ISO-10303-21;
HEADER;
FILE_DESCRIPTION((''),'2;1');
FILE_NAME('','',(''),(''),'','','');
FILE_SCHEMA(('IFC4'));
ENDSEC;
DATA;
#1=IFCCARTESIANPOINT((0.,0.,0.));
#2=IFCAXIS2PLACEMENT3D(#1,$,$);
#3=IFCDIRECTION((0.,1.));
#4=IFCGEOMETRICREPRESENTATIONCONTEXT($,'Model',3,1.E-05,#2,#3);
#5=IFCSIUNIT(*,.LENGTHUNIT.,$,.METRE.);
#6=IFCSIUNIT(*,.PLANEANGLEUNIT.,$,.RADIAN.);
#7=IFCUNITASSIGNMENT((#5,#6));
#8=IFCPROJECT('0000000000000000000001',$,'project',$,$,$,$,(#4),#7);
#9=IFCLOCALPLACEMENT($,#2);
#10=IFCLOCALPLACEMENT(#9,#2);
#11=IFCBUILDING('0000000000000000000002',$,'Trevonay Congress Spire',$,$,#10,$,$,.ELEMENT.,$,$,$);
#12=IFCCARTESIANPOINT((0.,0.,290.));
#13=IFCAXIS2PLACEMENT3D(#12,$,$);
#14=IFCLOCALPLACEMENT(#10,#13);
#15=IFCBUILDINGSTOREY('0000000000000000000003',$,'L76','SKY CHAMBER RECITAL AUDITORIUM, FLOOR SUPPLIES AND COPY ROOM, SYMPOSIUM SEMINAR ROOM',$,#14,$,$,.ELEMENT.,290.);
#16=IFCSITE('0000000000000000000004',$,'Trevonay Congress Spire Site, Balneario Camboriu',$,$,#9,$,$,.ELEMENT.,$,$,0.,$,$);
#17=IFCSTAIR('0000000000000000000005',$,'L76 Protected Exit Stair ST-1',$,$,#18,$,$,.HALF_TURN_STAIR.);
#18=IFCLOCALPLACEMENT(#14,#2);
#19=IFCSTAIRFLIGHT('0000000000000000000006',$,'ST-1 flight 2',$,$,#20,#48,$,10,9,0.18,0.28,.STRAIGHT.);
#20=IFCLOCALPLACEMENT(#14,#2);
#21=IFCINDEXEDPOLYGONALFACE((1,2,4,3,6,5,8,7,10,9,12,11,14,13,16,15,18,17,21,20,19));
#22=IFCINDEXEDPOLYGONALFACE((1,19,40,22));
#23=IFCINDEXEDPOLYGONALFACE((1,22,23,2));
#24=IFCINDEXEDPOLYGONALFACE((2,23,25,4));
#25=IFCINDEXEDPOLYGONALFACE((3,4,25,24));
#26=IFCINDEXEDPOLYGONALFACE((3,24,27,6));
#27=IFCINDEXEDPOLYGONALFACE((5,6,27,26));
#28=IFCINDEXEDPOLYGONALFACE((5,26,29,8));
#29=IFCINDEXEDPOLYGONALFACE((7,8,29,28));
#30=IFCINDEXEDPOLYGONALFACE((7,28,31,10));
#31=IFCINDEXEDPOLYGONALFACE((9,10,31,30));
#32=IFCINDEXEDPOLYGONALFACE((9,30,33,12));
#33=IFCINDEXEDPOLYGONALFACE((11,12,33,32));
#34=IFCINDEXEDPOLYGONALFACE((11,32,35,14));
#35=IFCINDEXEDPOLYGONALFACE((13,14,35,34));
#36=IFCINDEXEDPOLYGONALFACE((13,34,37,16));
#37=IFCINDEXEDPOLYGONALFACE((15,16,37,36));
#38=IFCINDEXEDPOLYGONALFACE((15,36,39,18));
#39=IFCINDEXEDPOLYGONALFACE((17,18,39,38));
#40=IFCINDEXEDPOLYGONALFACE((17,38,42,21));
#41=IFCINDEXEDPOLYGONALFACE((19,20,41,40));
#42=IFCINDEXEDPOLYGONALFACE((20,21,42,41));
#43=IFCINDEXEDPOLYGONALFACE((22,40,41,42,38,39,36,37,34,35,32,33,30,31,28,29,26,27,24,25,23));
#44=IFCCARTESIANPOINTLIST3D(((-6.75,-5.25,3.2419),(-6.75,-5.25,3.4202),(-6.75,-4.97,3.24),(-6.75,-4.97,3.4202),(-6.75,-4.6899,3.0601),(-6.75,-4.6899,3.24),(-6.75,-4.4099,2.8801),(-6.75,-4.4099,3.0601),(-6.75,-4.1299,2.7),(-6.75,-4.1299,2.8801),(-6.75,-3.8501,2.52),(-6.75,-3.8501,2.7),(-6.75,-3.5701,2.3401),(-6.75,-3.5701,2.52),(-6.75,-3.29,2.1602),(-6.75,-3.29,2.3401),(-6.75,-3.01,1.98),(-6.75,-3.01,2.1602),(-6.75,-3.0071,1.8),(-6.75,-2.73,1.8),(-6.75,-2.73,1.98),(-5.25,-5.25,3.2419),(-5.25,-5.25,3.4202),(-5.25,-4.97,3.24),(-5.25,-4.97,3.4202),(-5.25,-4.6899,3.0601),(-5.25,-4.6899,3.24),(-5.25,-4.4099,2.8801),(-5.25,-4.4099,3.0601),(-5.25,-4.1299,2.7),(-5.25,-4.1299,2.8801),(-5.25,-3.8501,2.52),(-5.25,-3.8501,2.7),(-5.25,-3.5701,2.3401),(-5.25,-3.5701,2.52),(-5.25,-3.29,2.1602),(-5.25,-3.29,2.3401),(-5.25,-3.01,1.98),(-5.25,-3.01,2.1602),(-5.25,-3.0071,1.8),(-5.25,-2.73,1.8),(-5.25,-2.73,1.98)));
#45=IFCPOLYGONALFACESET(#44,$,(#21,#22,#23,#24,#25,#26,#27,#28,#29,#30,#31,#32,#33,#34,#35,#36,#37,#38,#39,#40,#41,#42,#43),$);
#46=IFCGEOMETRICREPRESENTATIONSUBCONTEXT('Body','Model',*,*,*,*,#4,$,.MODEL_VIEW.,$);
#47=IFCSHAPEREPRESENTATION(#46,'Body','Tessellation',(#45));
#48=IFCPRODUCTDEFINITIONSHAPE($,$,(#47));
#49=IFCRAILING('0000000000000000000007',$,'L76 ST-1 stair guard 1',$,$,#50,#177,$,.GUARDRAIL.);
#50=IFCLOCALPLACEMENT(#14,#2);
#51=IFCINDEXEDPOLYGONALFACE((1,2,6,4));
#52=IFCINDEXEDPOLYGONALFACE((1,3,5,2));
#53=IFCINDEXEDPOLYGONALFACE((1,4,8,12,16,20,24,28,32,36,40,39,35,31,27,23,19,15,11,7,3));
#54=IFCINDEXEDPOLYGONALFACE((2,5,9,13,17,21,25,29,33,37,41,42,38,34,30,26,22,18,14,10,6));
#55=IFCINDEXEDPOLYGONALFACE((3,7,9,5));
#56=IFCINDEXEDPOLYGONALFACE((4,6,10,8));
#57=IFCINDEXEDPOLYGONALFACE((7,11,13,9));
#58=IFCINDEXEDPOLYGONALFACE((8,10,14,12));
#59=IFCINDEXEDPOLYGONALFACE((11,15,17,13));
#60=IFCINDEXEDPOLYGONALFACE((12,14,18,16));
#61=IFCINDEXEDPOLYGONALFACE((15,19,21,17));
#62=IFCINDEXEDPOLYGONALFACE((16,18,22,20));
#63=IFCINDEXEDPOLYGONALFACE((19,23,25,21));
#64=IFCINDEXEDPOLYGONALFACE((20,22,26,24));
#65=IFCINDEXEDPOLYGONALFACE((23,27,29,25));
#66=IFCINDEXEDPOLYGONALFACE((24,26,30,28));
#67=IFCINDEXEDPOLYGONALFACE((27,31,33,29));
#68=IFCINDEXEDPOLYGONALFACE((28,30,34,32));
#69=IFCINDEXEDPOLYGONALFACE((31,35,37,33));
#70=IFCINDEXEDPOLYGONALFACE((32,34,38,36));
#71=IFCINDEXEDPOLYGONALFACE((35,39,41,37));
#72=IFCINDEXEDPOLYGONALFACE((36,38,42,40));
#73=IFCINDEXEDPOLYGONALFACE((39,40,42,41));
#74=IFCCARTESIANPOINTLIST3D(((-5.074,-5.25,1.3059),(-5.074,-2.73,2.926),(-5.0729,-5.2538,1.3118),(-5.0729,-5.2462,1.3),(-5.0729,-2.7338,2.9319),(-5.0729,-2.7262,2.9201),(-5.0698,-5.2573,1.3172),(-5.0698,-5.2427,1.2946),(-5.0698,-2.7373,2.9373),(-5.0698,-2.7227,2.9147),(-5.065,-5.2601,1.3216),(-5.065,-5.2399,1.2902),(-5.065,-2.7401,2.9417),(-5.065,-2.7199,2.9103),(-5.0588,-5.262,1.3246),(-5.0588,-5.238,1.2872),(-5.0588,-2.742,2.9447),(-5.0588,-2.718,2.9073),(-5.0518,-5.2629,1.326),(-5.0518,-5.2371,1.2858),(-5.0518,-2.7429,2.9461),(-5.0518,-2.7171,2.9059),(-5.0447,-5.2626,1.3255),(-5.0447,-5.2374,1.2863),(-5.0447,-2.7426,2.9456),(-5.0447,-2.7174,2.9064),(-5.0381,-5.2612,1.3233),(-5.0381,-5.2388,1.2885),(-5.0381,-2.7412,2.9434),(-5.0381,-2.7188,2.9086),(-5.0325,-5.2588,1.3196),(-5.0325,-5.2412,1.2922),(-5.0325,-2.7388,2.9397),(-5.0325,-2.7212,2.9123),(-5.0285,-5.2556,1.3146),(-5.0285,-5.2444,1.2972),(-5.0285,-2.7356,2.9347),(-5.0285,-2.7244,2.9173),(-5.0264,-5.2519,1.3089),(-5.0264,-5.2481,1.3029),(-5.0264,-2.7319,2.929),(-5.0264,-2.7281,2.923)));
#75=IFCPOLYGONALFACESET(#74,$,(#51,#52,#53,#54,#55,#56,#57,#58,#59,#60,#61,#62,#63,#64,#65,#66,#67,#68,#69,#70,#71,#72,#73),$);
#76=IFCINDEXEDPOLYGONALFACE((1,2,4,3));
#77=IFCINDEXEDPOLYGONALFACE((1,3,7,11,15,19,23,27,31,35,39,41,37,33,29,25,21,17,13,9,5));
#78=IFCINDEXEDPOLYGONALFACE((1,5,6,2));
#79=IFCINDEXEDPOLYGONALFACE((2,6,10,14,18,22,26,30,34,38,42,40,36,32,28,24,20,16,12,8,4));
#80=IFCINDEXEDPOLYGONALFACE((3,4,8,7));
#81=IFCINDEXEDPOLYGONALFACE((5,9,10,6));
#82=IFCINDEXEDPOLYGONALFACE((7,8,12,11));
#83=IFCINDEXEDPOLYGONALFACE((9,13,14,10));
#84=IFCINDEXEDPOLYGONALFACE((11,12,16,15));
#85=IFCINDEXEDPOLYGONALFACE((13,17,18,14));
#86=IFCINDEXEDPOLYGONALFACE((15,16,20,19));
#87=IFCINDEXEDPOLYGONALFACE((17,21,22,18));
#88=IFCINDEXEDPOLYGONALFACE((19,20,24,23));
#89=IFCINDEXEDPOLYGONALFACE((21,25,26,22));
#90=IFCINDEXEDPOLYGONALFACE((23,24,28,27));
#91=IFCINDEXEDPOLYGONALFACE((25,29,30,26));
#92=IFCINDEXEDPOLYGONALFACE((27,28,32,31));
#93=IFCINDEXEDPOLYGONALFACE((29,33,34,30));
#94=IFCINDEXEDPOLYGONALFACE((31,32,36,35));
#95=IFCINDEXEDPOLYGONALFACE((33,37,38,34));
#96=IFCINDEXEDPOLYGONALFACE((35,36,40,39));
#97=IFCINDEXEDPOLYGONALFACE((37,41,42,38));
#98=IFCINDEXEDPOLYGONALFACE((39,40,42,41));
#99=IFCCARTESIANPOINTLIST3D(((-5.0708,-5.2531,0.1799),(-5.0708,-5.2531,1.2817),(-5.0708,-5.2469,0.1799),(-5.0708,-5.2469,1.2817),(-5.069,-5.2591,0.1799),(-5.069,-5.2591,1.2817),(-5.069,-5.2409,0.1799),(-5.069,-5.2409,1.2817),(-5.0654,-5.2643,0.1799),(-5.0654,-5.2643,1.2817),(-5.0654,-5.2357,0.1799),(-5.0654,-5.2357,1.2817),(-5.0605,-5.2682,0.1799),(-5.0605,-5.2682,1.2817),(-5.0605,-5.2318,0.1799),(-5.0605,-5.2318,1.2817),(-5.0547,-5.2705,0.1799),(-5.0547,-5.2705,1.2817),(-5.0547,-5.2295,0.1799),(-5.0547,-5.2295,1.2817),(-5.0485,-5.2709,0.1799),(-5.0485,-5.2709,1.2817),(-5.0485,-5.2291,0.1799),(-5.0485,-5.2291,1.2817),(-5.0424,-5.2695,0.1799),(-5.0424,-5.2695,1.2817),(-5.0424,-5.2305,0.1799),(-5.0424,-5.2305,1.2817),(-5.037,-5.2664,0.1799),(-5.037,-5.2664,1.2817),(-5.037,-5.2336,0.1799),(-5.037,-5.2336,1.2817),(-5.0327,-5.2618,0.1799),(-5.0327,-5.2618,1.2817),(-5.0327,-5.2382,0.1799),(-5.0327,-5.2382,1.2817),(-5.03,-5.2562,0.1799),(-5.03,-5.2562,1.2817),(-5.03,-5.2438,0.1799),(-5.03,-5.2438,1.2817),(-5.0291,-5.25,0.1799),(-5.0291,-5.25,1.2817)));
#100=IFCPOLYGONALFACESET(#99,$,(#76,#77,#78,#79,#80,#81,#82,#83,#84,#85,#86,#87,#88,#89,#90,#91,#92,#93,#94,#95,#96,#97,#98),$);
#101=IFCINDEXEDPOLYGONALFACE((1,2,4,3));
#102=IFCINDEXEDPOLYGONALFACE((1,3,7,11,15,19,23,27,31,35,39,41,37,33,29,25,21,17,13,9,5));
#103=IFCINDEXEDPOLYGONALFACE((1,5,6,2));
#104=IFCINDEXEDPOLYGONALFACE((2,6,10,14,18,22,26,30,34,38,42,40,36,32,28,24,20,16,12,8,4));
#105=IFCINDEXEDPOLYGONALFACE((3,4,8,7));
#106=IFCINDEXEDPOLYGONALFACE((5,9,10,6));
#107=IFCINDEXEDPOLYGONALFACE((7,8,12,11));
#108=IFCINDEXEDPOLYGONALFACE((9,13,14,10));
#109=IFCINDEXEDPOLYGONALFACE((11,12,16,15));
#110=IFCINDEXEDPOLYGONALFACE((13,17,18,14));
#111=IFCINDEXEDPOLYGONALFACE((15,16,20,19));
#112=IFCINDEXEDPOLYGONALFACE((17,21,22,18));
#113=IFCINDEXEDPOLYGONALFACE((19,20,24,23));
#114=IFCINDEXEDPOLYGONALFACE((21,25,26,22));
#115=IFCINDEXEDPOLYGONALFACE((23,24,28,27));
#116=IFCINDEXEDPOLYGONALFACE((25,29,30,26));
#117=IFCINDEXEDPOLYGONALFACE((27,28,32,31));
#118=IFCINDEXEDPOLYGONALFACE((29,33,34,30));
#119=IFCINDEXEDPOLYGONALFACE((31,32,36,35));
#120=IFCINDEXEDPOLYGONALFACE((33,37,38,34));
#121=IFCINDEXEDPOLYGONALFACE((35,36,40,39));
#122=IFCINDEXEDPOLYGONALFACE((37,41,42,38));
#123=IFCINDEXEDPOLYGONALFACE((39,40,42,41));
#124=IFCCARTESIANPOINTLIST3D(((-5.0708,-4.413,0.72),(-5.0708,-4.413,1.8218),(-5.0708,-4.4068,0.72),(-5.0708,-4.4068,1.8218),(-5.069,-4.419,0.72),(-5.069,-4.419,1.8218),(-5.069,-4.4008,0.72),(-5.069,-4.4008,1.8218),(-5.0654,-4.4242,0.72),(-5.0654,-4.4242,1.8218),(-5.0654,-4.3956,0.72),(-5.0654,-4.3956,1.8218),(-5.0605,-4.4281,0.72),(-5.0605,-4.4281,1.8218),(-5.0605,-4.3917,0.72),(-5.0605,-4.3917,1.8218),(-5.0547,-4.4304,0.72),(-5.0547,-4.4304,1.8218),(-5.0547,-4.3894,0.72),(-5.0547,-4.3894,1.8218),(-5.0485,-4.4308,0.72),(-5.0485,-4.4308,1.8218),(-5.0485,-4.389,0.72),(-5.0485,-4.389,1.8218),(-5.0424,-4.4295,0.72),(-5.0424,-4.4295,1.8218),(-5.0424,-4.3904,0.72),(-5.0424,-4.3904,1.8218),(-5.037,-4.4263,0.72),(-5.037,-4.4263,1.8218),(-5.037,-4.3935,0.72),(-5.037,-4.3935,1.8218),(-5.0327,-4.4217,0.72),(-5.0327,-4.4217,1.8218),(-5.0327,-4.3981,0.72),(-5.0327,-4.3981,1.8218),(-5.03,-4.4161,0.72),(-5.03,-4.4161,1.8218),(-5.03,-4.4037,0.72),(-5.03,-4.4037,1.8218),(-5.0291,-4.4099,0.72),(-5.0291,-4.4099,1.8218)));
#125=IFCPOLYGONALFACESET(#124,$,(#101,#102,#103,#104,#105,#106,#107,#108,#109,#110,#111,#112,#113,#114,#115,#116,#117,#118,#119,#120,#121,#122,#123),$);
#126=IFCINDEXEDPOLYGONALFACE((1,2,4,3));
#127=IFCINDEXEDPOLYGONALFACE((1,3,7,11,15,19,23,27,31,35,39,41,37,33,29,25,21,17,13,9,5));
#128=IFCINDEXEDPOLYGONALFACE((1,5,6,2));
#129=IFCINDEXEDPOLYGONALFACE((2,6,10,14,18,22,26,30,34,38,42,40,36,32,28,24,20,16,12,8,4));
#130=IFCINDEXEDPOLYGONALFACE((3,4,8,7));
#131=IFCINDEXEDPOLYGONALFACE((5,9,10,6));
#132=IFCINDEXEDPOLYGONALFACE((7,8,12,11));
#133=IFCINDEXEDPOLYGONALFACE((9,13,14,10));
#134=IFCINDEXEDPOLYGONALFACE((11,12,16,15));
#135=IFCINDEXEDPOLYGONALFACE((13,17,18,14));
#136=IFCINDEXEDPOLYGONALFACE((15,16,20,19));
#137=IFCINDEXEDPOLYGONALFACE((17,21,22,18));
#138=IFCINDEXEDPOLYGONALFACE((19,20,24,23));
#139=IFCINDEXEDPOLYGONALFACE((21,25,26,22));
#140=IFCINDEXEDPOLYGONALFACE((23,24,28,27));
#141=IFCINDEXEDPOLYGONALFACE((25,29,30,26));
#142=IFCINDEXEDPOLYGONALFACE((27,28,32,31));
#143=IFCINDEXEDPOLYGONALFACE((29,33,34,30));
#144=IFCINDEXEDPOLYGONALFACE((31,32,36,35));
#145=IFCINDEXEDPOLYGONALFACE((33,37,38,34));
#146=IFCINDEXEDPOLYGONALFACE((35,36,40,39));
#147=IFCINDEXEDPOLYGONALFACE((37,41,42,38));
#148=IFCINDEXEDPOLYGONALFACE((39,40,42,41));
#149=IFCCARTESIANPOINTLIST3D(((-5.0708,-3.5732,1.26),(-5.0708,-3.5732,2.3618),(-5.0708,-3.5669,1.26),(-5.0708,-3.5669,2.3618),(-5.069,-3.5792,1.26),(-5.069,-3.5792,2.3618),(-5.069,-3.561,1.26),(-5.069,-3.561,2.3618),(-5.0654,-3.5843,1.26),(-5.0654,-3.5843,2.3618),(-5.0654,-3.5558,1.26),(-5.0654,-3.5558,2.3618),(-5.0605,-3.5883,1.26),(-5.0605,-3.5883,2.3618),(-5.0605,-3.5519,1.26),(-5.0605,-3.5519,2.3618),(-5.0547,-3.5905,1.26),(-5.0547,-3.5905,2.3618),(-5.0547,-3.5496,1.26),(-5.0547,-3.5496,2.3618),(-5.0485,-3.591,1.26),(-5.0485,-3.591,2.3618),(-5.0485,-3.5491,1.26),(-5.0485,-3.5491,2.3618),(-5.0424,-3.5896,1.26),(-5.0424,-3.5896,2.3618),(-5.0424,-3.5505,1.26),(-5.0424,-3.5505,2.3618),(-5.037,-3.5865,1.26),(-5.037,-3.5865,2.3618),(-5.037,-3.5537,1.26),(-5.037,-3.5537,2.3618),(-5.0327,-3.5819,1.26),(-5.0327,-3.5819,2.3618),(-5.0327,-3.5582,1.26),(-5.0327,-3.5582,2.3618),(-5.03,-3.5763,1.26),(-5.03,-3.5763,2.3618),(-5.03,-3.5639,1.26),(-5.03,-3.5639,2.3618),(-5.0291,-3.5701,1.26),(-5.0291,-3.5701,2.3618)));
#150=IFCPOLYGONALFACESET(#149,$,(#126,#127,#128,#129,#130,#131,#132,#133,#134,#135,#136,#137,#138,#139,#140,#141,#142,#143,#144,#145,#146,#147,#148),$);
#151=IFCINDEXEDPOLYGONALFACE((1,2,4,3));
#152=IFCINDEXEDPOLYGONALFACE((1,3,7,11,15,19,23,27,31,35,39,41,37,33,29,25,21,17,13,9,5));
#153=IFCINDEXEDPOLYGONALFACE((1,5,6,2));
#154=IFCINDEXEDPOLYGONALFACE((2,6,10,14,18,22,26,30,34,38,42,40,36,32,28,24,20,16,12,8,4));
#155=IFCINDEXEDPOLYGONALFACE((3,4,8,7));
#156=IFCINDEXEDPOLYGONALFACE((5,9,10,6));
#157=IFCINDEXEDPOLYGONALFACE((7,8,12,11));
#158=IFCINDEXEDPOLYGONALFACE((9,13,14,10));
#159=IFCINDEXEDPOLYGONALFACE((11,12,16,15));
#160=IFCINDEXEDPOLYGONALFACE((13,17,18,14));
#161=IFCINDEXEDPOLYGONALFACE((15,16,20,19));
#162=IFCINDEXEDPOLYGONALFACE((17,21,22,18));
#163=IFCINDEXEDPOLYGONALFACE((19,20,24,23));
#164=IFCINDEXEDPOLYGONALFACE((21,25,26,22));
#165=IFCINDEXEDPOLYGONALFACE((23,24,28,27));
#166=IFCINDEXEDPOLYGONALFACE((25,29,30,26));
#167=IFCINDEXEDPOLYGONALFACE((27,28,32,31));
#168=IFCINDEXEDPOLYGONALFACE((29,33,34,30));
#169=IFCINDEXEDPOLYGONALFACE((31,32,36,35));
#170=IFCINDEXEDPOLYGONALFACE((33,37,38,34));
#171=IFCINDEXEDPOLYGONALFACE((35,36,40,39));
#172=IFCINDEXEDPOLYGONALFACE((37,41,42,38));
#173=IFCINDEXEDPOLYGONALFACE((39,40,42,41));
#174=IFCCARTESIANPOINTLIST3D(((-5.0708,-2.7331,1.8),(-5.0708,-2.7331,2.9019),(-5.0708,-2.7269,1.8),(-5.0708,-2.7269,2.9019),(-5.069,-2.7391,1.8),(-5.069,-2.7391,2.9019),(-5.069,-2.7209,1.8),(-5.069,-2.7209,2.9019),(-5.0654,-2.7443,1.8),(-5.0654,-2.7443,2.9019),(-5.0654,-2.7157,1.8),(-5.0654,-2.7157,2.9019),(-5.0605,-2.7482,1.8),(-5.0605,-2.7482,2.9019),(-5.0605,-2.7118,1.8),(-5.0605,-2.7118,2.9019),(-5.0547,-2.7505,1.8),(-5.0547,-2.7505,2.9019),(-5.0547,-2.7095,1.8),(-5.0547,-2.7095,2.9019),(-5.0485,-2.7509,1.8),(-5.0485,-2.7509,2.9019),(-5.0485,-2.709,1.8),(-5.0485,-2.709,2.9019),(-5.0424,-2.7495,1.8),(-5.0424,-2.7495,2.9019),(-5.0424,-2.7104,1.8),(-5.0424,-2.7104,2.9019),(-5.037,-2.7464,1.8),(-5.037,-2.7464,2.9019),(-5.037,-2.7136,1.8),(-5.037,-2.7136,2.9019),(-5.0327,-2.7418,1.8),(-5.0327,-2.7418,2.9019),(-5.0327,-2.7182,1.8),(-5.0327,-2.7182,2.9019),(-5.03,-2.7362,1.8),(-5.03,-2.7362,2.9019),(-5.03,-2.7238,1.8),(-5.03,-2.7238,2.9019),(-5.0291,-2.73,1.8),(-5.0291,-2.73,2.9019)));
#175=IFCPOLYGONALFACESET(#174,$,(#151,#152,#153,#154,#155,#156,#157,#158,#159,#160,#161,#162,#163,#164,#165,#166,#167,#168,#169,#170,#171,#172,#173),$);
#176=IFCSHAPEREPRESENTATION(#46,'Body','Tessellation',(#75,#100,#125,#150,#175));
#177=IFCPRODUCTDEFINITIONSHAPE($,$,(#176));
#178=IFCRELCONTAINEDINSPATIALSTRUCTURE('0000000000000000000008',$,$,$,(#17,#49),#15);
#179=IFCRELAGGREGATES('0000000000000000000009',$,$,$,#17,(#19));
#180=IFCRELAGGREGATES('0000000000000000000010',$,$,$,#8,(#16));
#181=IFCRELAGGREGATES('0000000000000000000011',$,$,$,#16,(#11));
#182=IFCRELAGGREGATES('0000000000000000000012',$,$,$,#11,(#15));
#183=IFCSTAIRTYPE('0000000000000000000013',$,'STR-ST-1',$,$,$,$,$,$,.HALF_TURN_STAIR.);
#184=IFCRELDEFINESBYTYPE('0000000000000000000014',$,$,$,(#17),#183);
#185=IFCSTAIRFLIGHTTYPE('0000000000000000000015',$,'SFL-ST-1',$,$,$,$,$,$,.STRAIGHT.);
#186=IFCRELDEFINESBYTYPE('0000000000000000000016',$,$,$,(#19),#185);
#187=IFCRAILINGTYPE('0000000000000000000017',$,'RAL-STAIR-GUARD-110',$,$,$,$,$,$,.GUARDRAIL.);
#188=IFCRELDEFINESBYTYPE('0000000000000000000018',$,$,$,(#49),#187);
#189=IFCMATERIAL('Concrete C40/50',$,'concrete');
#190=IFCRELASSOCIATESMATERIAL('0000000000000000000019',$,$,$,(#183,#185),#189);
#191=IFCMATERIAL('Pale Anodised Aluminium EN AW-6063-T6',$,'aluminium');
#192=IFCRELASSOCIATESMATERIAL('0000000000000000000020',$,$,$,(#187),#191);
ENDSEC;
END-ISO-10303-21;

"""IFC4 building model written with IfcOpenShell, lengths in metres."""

from ifc_helpers import new_model, si_unit, direction, frame, origin, origin_2d, place, context, subcontext, project, spatial, polyline, circle, outline, extrude, material, type_object, element, aggregate, save


model = new_model("IFC4")

# Units and contexts
model_context = context("Model", 3, precision=1e-05, world=origin(), true_north=direction((0.0, 1.0)))
body_context = subcontext(model_context, "Body", "Model", "MODEL_VIEW")
ifc_project = project(units=[si_unit("LENGTHUNIT", "METRE"), si_unit("PLANEANGLEUNIT", "RADIAN")], contexts=[model_context])

# Site, building, storey
site_placement = place(None, origin())
site = spatial("IfcSite", under=ifc_project, at=site_placement, Name="Trevonay Congress Spire Site, Balneario Camboriu", CompositionType="ELEMENT", RefElevation=0.0)
building_placement = place(site_placement, origin())
building = spatial("IfcBuilding", under=site, at=building_placement, Name="Trevonay Congress Spire", CompositionType="ELEMENT")
storey_placement = place(building_placement, frame((0.0, 0.0, 290.0)))
storey = spatial("IfcBuildingStorey", under=building, at=storey_placement, Name="L76", Description="SKY CHAMBER RECITAL AUDITORIUM, FLOOR SUPPLIES AND COPY ROOM, SYMPOSIUM SEMINAR ROOM", CompositionType="ELEMENT", Elevation=290.0)

# Shared definitions
ifc_material_1 = material(Name="Concrete C40/50", Category="concrete")

# Stair, stair flight
stair_type = type_object("IfcStairType", Name="STR-ST-1", PredefinedType="HALF_TURN_STAIR", material=ifc_material_1)
stair_placement = place(storey_placement, origin())
stair = element("IfcStair", 1, at=stair_placement, inside=storey, type_object=stair_type, Name="L76 Protected Exit Stair ST-1", PredefinedType="HALF_TURN_STAIR")
stair_flight_type = type_object("IfcStairFlightType", Name="SFL-ST-1", PredefinedType="STRAIGHT", material=ifc_material_1)
stair_flight_1_placement = place(storey_placement, frame((-6.0, -2.73, 1.8), z_axis=(0.0, 0.0, 1.0), x_axis=(0.0, -1.0, 0.0)))
stair_flight_1 = element("IfcStairFlight", 2, at=stair_flight_1_placement, type_object=stair_flight_type, Name="ST-1 flight 2", NumberOfRisers=10, NumberOfTreads=9, PredefinedType="STRAIGHT", RiserHeight=0.18, TreadLength=0.28, context=body_context, shape_type="SweptSolid", body=[
    extrude(outline(polyline([(0.0, 0.0), (0.0, 0.1799), (0.28, 0.1799), (0.28, 0.3601), (0.5601, 0.3601), (0.5601, 0.54), (0.8401, 0.54), (0.8401, 0.72), (1.1201, 0.72), (1.1201, 0.8999), (1.3999, 0.8999), (1.3999, 1.0801), (1.6799, 1.0801), (1.6799, 1.26), (1.96, 1.26), (1.96, 1.4399), (2.24, 1.4399), (2.24, 1.6201), (2.52, 1.6201), (2.52, 1.8), (2.52, 1.4419), (0.2771, 0.0), (0.0, 0.0)])), frame((0.0, 0.75, 0.0), z_axis=(0.0, -1.0, 0.0), x_axis=(1.0, 0.0, 0.0)), (0.0, 0.0, 1.0), 1.5),
])
aggregate(stair, [stair_flight_1])

# Railing
ifc_material_2 = material(Name="Pale Anodised Aluminium EN AW-6063-T6", Category="aluminium")
railing_type_1 = type_object("IfcRailingType", Name="RAL-STAIR-GUARD-110", PredefinedType="GUARDRAIL", material=ifc_material_2)
railing_1_placement = place(storey_placement, frame((-5.05, -5.25, 0.1799)))
element("IfcRailing", 3, at=railing_1_placement, inside=storey, type_object=railing_type_1, Name="L76 ST-1 stair guard 1", PredefinedType="GUARDRAIL", context=body_context, shape_type="SweptSolid", body=[
    extrude(circle(Radius=0.0239, at=origin_2d()), frame((0.0, 0.0, 1.126), z_axis=(0.0, 0.841163, 0.540782), x_axis=(-1.0, 0.0, 0.0)), (0.0, 0.0, 1.0), 2.9958),
    extrude(circle(Radius=0.021, at=origin_2d()), origin(), (0.0, 0.0, 1.0), 1.1018),
    extrude(circle(Radius=0.021, at=origin_2d()), frame((0.0, 0.8401, 0.54)), (0.0, 0.0, 1.0), 1.1018),
    extrude(circle(Radius=0.021, at=origin_2d()), frame((0.0, 1.6799, 1.0801)), (0.0, 0.0, 1.0), 1.1018),
    extrude(circle(Radius=0.021, at=origin_2d()), frame((0.0, 2.52, 1.6201)), (0.0, 0.0, 1.0), 1.1018),
])

save(model, "model.ifc")
